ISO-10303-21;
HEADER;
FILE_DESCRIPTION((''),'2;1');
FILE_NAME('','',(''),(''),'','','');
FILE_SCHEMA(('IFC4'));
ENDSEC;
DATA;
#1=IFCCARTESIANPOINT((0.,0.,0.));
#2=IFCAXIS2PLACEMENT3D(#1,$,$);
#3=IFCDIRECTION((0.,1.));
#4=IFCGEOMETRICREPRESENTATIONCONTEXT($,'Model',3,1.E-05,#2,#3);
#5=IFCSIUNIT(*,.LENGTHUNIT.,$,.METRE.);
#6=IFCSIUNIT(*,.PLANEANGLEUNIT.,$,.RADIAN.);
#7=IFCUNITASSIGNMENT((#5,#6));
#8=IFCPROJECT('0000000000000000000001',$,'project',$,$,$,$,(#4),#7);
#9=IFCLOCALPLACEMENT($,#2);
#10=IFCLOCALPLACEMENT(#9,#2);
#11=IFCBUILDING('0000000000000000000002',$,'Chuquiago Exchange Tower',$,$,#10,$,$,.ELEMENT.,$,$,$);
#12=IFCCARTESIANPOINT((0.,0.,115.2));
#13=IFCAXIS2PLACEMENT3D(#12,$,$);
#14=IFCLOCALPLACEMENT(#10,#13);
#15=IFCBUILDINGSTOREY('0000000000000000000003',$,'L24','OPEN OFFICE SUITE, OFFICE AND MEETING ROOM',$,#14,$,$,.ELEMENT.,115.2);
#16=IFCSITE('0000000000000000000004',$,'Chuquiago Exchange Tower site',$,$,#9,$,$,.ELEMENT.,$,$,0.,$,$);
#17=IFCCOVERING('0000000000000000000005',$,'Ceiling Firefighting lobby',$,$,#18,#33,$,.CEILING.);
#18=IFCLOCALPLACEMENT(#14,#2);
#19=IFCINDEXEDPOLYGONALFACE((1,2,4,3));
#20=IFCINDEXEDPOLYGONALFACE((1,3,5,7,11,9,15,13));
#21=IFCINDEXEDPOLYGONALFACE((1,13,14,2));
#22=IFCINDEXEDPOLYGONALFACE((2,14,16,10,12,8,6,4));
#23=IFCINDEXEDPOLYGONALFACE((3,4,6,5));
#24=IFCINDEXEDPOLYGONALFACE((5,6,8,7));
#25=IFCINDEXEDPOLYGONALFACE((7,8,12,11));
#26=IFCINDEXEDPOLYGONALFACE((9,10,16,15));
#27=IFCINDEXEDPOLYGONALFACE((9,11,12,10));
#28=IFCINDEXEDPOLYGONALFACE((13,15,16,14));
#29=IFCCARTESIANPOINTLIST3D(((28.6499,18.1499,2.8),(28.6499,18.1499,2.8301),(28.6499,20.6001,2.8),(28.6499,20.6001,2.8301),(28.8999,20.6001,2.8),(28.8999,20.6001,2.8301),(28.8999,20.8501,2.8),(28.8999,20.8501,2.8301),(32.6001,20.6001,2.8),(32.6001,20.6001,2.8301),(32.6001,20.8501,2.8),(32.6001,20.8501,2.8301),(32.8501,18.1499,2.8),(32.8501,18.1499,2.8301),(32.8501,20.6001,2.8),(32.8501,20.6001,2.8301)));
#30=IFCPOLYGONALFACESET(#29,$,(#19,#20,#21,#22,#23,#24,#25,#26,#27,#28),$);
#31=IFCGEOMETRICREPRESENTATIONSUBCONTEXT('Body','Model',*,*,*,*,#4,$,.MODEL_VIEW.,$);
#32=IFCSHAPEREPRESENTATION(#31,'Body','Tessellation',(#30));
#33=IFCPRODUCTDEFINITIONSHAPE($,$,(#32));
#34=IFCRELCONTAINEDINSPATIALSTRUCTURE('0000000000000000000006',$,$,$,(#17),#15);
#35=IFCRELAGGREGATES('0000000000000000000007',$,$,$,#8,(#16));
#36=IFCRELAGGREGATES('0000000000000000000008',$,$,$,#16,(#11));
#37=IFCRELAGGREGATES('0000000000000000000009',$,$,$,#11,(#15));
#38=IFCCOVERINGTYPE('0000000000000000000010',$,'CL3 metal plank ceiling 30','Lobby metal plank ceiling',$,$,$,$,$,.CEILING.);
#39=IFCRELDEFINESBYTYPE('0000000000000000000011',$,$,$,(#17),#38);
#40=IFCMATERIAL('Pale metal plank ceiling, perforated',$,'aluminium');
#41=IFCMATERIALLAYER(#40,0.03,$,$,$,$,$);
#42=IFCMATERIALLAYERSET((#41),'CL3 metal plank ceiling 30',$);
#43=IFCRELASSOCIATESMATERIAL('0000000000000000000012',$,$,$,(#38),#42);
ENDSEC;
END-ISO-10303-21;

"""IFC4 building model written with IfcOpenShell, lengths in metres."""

from ifc_helpers import new_model, si_unit, direction, frame, origin, place, context, subcontext, project, spatial, polyline, outline, extrude, material, layer, layer_set, type_object, element, save


model = new_model("IFC4")

# Units and contexts
model_context = context("Model", 3, precision=1e-05, world=origin(), true_north=direction((0.0, 1.0)))
body_context = subcontext(model_context, "Body", "Model", "MODEL_VIEW")
ifc_project = project(units=[si_unit("LENGTHUNIT", "METRE"), si_unit("PLANEANGLEUNIT", "RADIAN")], contexts=[model_context])

# Site, building, storey
site_placement = place(None, origin())
site = spatial("IfcSite", under=ifc_project, at=site_placement, Name="Chuquiago Exchange Tower site", CompositionType="ELEMENT", RefElevation=0.0)
building_placement = place(site_placement, origin())
building = spatial("IfcBuilding", under=site, at=building_placement, Name="Chuquiago Exchange Tower", CompositionType="ELEMENT")
storey_placement = place(building_placement, frame((0.0, 0.0, 115.2)))
storey = spatial("IfcBuildingStorey", under=building, at=storey_placement, Name="L24", Description="OPEN OFFICE SUITE, OFFICE AND MEETING ROOM", CompositionType="ELEMENT", Elevation=115.2)

# Covering
ifc_material_1 = material(Name="Pale metal plank ceiling, perforated", Category="aluminium")
ifc_layer_1 = layer(ifc_material_1, 0.03)
ifc_layer_set_1 = layer_set([ifc_layer_1], Name="CL3 metal plank ceiling 30")
covering_type_1 = type_object("IfcCoveringType", Name="CL3 metal plank ceiling 30", Description="Lobby metal plank ceiling", PredefinedType="CEILING", material=ifc_layer_set_1)
covering_1_placement = place(storey_placement, frame((0.0, 0.0, 2.8)))
element("IfcCovering", 1, at=covering_1_placement, inside=storey, type_object=covering_type_1, Name="Ceiling Firefighting lobby", PredefinedType="CEILING", context=body_context, shape_type="SweptSolid", body=[
    extrude(outline(polyline([(28.6499, 18.1499), (28.6499, 20.6001), (28.8999, 20.6001), (28.8999, 20.8501), (32.6001, 20.8501), (32.6001, 20.6001), (32.8501, 20.6001), (32.8501, 18.1499), (28.6499, 18.1499)])), origin(), (0.0, 0.0, 1.0), 0.03),
])

save(model, "model.ifc")
